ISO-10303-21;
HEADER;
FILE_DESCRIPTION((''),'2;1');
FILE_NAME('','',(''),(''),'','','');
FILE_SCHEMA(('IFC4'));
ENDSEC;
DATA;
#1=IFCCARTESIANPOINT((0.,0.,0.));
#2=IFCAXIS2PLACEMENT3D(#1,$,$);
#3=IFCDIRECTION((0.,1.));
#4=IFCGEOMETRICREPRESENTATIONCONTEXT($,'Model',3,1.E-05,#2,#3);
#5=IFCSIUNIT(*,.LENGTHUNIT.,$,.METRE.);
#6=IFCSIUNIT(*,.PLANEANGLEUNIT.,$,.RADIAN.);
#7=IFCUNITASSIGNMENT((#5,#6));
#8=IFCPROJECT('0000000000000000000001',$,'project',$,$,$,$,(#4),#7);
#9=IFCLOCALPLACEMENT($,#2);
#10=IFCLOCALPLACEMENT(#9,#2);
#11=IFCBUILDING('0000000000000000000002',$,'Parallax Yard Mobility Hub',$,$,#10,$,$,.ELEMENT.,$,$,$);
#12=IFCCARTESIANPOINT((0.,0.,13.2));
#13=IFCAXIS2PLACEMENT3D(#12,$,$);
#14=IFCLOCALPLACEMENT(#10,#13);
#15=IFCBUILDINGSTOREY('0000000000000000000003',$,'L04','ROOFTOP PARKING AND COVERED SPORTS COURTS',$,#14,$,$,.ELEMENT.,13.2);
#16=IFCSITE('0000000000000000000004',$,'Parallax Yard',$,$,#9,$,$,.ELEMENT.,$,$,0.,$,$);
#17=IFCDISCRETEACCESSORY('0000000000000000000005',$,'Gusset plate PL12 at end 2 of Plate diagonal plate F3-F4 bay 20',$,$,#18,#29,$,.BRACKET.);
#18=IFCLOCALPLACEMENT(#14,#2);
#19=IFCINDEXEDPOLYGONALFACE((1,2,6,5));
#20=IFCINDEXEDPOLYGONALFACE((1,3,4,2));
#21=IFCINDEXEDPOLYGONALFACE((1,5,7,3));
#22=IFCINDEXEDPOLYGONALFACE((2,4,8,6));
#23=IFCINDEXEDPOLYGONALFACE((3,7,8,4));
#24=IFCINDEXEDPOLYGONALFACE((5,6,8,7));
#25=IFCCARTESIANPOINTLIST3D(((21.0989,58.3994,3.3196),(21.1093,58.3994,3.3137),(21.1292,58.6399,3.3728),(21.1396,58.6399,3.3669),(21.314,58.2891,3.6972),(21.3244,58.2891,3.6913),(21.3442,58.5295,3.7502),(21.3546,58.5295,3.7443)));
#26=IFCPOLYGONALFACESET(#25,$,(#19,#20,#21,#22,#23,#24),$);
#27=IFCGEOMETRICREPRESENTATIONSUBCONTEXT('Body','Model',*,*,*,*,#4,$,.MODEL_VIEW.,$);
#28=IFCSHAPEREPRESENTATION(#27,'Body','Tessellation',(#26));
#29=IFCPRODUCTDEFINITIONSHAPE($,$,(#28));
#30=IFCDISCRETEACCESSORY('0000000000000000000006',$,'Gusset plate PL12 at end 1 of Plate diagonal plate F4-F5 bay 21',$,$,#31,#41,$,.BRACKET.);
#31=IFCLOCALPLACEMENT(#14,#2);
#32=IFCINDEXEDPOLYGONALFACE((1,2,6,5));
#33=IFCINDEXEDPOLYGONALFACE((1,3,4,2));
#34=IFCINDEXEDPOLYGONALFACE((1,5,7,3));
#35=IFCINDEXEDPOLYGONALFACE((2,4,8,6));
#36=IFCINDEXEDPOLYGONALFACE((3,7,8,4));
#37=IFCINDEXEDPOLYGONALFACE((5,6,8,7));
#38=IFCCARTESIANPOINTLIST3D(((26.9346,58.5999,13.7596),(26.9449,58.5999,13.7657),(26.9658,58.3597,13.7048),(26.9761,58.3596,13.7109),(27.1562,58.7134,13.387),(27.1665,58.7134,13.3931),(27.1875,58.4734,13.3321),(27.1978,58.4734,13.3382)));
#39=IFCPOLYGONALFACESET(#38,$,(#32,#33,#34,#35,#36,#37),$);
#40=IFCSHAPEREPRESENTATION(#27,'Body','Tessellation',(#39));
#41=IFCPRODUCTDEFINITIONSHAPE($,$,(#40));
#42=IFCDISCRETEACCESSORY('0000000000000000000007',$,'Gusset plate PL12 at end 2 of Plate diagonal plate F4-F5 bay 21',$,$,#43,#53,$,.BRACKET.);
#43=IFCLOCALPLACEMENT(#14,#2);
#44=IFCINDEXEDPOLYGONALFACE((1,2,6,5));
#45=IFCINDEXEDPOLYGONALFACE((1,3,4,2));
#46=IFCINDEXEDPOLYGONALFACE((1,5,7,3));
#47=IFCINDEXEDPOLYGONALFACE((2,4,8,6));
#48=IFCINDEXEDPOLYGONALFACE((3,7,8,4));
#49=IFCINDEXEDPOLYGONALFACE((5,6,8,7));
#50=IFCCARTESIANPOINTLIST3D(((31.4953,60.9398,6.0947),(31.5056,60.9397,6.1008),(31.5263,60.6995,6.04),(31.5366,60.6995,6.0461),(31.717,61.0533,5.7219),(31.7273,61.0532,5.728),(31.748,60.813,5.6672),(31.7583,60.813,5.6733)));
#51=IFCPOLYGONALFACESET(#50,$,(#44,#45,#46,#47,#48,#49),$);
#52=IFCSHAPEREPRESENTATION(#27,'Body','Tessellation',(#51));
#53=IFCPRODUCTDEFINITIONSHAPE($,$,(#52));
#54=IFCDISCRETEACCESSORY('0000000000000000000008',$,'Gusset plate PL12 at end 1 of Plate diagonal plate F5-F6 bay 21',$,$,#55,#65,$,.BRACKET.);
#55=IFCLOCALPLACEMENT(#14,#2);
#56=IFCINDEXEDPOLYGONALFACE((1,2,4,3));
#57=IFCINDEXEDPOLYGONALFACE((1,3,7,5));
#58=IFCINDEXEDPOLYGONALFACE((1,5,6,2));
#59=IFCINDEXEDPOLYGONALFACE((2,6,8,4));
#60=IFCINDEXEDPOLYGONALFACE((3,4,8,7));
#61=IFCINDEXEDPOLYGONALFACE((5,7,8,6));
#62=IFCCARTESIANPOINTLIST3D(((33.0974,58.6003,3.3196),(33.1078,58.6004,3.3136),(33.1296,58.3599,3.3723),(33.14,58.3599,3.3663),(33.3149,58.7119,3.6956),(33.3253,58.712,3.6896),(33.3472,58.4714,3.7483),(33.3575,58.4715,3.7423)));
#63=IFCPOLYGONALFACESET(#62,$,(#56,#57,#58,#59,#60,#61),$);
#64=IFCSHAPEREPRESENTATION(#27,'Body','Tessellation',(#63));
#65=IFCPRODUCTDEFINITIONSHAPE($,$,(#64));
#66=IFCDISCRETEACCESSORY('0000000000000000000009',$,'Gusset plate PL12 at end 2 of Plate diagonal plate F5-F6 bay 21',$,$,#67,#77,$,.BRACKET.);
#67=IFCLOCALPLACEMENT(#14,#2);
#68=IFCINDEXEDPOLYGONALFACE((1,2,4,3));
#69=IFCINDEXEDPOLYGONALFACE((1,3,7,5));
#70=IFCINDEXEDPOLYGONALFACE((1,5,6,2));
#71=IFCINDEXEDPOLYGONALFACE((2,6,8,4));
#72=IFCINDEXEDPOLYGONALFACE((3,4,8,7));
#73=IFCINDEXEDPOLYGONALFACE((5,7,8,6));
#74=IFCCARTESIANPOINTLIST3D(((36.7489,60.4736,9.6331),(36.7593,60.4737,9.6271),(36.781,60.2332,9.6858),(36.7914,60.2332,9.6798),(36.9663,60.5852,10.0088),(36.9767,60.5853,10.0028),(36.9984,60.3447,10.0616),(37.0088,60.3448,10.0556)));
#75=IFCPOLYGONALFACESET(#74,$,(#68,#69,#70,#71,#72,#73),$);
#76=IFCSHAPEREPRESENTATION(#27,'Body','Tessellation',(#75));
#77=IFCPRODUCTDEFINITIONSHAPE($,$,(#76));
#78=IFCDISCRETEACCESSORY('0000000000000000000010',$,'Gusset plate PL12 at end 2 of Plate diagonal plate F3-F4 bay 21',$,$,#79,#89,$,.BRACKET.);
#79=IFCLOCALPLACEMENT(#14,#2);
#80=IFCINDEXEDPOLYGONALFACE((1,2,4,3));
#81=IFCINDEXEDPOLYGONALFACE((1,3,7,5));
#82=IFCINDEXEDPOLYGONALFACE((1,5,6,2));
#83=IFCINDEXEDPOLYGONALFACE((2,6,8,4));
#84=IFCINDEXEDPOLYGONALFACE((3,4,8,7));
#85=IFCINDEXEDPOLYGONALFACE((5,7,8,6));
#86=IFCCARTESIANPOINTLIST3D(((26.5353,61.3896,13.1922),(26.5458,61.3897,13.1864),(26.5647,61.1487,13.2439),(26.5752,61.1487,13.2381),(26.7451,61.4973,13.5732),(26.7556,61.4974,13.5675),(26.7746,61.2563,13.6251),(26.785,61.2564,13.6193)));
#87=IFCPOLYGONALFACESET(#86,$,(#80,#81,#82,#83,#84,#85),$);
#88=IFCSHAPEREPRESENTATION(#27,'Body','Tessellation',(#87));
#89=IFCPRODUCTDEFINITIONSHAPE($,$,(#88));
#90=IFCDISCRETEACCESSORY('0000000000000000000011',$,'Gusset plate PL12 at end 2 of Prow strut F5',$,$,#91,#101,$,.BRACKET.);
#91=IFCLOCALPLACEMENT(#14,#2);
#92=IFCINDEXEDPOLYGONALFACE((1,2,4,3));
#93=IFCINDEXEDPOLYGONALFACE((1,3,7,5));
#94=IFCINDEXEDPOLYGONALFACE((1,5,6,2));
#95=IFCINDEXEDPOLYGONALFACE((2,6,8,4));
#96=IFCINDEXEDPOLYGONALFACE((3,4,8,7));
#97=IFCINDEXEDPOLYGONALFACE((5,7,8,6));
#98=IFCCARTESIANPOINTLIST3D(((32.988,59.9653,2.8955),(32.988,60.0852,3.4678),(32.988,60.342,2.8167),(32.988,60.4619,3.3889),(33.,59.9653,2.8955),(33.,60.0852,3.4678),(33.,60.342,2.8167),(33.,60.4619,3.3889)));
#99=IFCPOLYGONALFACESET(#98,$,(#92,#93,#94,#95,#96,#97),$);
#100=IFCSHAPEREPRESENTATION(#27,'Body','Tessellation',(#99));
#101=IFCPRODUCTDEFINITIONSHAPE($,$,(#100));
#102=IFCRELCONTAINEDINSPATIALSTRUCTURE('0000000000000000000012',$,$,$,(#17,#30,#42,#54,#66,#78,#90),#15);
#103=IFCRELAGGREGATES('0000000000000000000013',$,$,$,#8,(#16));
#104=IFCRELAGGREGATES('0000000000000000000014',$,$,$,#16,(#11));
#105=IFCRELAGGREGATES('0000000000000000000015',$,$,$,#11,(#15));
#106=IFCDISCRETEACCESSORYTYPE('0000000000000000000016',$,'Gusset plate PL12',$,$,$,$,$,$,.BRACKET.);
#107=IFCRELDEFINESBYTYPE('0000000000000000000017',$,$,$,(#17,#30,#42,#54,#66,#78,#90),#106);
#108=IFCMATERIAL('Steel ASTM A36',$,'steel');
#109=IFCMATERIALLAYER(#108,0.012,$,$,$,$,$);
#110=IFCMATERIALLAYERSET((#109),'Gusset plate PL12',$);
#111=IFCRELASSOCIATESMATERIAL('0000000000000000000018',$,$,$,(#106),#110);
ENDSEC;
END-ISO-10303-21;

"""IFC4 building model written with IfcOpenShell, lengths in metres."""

from ifc_helpers import new_model, si_unit, direction, frame, origin, place, context, subcontext, project, spatial, polyline, outline, extrude, material, layer, layer_set, type_object, element, save


model = new_model("IFC4")

# Units and contexts
model_context = context("Model", 3, precision=1e-05, world=origin(), true_north=direction((0.0, 1.0)))
body_context = subcontext(model_context, "Body", "Model", "MODEL_VIEW")
ifc_project = project(units=[si_unit("LENGTHUNIT", "METRE"), si_unit("PLANEANGLEUNIT", "RADIAN")], contexts=[model_context])

# Site, building, storey
site_placement = place(None, origin())
site = spatial("IfcSite", under=ifc_project, at=site_placement, Name="Parallax Yard", CompositionType="ELEMENT", RefElevation=0.0)
building_placement = place(site_placement, origin())
building = spatial("IfcBuilding", under=site, at=building_placement, Name="Parallax Yard Mobility Hub", CompositionType="ELEMENT")
storey_placement = place(building_placement, frame((0.0, 0.0, 13.2)))
storey = spatial("IfcBuildingStorey", under=building, at=storey_placement, Name="L04", Description="ROOFTOP PARKING AND COVERED SPORTS COURTS", CompositionType="ELEMENT", Elevation=13.2)

# Discrete accessories
ifc_material_1 = material(Name="Steel ASTM A36", Category="steel")
ifc_layer_1 = layer(ifc_material_1, 0.012)
ifc_layer_set_1 = layer_set([ifc_layer_1], Name="Gusset plate PL12")
discrete_accessory_type = type_object("IfcDiscreteAccessoryType", Name="Gusset plate PL12", PredefinedType="BRACKET", material=ifc_layer_set_1)
discrete_accessory_1_placement = place(storey_placement, frame((21.3442, 58.5295, 3.7502), z_axis=(-0.868889, 0.00008, 0.495006), x_axis=(-0.479753, 0.246199, -0.842154)))
element("IfcDiscreteAccessory", 1, at=discrete_accessory_1_placement, inside=storey, type_object=discrete_accessory_type, Name="Gusset plate PL12 at end 2 of Plate diagonal plate F3-F4 bay 20", PredefinedType="BRACKET", context=body_context, shape_type="SweptSolid", body=[
    extrude(outline(polyline([(0.0, 0.0), (0.4482, 0.0), (0.4484, 0.2482), (-0.0001, 0.2481), (0.0, 0.0)])), origin(), (0.0, 0.0, -1.0), 0.012),
])
discrete_accessory_2_placement = place(storey_placement, frame((27.1665, 58.7134, 13.3931), z_axis=(0.860046, -0.004528, 0.510196), x_axis=(-0.494545, -0.253326, 0.831415)))
element("IfcDiscreteAccessory", 2, at=discrete_accessory_2_placement, inside=storey, type_object=discrete_accessory_type, Name="Gusset plate PL12 at end 1 of Plate diagonal plate F4-F5 bay 21", PredefinedType="BRACKET", context=body_context, shape_type="SweptSolid", body=[
    extrude(outline(polyline([(0.0, 0.0), (0.4481, 0.0), (0.4481, 0.2484), (-0.0003, 0.2482), (0.0, 0.0)])), origin(), (0.0, 0.0, -1.0), 0.012),
])
discrete_accessory_3_placement = place(storey_placement, frame((31.5366, 60.6995, 6.0461), z_axis=(0.860188, -0.005066, 0.509951), x_axis=(0.494442, 0.253211, -0.831512)))
element("IfcDiscreteAccessory", 3, at=discrete_accessory_3_placement, inside=storey, type_object=discrete_accessory_type, Name="Gusset plate PL12 at end 2 of Plate diagonal plate F4-F5 bay 21", PredefinedType="BRACKET", context=body_context, shape_type="SweptSolid", body=[
    extrude(outline(polyline([(0.0, 0.0), (0.4483, 0.0), (0.4484, 0.2483), (0.0, 0.2483), (0.0, 0.0)])), origin(), (0.0, 0.0, -1.0), 0.012),
])
discrete_accessory_4_placement = place(storey_placement, frame((33.3149, 58.7119, 3.6956), z_axis=(-0.864807, -0.005794, 0.502072), x_axis=(-0.485047, -0.248784, -0.838353)))
element("IfcDiscreteAccessory", 4, at=discrete_accessory_4_placement, inside=storey, type_object=discrete_accessory_type, Name="Gusset plate PL12 at end 1 of Plate diagonal plate F5-F6 bay 21", PredefinedType="BRACKET", context=body_context, shape_type="SweptSolid", body=[
    extrude(outline(polyline([(0.0, 0.0), (0.4485, 0.0), (0.4485, 0.2483), (0.0, 0.2483), (0.0, 0.0)])), origin(), (0.0, 0.0, -1.0), 0.012),
])
discrete_accessory_5_placement = place(storey_placement, frame((36.781, 60.2332, 9.6858), z_axis=(-0.864843, -0.005373, 0.502013), x_axis=(0.485065, 0.248896, 0.838309)))
element("IfcDiscreteAccessory", 5, at=discrete_accessory_5_placement, inside=storey, type_object=discrete_accessory_type, Name="Gusset plate PL12 at end 2 of Plate diagonal plate F5-F6 bay 21", PredefinedType="BRACKET", context=body_context, shape_type="SweptSolid", body=[
    extrude(outline(polyline([(0.0, 0.0), (0.4483, 0.0), (0.4483, 0.2483), (0.0001, 0.2483), (0.0, 0.0)])), origin(), (0.0, 0.0, -1.0), 0.012),
])
discrete_accessory_6_placement = place(storey_placement, frame((26.5647, 61.1487, 13.2439), z_axis=(-0.87561, -0.003154, 0.483009), x_axis=(0.468207, 0.240199, 0.850345)))
element("IfcDiscreteAccessory", 6, at=discrete_accessory_6_placement, inside=storey, type_object=discrete_accessory_type, Name="Gusset plate PL12 at end 2 of Plate diagonal plate F3-F4 bay 21", PredefinedType="BRACKET", context=body_context, shape_type="SweptSolid", body=[
    extrude(outline(polyline([(0.0, 0.0), (0.4482, 0.0), (0.4483, 0.2482), (0.0002, 0.2482), (0.0, 0.0)])), origin(), (0.0, 0.0, -1.0), 0.012),
])
discrete_accessory_7_placement = place(storey_placement, frame((33.0, 60.342, 2.8167), z_axis=(1.0, 0.0, 0.0), x_axis=(0.0, 0.205021, 0.978758)))
element("IfcDiscreteAccessory", 7, at=discrete_accessory_7_placement, inside=storey, type_object=discrete_accessory_type, Name="Gusset plate PL12 at end 2 of Prow strut F5", PredefinedType="BRACKET", context=body_context, shape_type="SweptSolid", body=[
    extrude(outline(polyline([(0.0, 0.0), (0.5847, 0.0), (0.5846, 0.3849), (-0.0001, 0.3849), (0.0, 0.0)])), origin(), (0.0, 0.0, -1.0), 0.012),
])

save(model, "model.ifc")
